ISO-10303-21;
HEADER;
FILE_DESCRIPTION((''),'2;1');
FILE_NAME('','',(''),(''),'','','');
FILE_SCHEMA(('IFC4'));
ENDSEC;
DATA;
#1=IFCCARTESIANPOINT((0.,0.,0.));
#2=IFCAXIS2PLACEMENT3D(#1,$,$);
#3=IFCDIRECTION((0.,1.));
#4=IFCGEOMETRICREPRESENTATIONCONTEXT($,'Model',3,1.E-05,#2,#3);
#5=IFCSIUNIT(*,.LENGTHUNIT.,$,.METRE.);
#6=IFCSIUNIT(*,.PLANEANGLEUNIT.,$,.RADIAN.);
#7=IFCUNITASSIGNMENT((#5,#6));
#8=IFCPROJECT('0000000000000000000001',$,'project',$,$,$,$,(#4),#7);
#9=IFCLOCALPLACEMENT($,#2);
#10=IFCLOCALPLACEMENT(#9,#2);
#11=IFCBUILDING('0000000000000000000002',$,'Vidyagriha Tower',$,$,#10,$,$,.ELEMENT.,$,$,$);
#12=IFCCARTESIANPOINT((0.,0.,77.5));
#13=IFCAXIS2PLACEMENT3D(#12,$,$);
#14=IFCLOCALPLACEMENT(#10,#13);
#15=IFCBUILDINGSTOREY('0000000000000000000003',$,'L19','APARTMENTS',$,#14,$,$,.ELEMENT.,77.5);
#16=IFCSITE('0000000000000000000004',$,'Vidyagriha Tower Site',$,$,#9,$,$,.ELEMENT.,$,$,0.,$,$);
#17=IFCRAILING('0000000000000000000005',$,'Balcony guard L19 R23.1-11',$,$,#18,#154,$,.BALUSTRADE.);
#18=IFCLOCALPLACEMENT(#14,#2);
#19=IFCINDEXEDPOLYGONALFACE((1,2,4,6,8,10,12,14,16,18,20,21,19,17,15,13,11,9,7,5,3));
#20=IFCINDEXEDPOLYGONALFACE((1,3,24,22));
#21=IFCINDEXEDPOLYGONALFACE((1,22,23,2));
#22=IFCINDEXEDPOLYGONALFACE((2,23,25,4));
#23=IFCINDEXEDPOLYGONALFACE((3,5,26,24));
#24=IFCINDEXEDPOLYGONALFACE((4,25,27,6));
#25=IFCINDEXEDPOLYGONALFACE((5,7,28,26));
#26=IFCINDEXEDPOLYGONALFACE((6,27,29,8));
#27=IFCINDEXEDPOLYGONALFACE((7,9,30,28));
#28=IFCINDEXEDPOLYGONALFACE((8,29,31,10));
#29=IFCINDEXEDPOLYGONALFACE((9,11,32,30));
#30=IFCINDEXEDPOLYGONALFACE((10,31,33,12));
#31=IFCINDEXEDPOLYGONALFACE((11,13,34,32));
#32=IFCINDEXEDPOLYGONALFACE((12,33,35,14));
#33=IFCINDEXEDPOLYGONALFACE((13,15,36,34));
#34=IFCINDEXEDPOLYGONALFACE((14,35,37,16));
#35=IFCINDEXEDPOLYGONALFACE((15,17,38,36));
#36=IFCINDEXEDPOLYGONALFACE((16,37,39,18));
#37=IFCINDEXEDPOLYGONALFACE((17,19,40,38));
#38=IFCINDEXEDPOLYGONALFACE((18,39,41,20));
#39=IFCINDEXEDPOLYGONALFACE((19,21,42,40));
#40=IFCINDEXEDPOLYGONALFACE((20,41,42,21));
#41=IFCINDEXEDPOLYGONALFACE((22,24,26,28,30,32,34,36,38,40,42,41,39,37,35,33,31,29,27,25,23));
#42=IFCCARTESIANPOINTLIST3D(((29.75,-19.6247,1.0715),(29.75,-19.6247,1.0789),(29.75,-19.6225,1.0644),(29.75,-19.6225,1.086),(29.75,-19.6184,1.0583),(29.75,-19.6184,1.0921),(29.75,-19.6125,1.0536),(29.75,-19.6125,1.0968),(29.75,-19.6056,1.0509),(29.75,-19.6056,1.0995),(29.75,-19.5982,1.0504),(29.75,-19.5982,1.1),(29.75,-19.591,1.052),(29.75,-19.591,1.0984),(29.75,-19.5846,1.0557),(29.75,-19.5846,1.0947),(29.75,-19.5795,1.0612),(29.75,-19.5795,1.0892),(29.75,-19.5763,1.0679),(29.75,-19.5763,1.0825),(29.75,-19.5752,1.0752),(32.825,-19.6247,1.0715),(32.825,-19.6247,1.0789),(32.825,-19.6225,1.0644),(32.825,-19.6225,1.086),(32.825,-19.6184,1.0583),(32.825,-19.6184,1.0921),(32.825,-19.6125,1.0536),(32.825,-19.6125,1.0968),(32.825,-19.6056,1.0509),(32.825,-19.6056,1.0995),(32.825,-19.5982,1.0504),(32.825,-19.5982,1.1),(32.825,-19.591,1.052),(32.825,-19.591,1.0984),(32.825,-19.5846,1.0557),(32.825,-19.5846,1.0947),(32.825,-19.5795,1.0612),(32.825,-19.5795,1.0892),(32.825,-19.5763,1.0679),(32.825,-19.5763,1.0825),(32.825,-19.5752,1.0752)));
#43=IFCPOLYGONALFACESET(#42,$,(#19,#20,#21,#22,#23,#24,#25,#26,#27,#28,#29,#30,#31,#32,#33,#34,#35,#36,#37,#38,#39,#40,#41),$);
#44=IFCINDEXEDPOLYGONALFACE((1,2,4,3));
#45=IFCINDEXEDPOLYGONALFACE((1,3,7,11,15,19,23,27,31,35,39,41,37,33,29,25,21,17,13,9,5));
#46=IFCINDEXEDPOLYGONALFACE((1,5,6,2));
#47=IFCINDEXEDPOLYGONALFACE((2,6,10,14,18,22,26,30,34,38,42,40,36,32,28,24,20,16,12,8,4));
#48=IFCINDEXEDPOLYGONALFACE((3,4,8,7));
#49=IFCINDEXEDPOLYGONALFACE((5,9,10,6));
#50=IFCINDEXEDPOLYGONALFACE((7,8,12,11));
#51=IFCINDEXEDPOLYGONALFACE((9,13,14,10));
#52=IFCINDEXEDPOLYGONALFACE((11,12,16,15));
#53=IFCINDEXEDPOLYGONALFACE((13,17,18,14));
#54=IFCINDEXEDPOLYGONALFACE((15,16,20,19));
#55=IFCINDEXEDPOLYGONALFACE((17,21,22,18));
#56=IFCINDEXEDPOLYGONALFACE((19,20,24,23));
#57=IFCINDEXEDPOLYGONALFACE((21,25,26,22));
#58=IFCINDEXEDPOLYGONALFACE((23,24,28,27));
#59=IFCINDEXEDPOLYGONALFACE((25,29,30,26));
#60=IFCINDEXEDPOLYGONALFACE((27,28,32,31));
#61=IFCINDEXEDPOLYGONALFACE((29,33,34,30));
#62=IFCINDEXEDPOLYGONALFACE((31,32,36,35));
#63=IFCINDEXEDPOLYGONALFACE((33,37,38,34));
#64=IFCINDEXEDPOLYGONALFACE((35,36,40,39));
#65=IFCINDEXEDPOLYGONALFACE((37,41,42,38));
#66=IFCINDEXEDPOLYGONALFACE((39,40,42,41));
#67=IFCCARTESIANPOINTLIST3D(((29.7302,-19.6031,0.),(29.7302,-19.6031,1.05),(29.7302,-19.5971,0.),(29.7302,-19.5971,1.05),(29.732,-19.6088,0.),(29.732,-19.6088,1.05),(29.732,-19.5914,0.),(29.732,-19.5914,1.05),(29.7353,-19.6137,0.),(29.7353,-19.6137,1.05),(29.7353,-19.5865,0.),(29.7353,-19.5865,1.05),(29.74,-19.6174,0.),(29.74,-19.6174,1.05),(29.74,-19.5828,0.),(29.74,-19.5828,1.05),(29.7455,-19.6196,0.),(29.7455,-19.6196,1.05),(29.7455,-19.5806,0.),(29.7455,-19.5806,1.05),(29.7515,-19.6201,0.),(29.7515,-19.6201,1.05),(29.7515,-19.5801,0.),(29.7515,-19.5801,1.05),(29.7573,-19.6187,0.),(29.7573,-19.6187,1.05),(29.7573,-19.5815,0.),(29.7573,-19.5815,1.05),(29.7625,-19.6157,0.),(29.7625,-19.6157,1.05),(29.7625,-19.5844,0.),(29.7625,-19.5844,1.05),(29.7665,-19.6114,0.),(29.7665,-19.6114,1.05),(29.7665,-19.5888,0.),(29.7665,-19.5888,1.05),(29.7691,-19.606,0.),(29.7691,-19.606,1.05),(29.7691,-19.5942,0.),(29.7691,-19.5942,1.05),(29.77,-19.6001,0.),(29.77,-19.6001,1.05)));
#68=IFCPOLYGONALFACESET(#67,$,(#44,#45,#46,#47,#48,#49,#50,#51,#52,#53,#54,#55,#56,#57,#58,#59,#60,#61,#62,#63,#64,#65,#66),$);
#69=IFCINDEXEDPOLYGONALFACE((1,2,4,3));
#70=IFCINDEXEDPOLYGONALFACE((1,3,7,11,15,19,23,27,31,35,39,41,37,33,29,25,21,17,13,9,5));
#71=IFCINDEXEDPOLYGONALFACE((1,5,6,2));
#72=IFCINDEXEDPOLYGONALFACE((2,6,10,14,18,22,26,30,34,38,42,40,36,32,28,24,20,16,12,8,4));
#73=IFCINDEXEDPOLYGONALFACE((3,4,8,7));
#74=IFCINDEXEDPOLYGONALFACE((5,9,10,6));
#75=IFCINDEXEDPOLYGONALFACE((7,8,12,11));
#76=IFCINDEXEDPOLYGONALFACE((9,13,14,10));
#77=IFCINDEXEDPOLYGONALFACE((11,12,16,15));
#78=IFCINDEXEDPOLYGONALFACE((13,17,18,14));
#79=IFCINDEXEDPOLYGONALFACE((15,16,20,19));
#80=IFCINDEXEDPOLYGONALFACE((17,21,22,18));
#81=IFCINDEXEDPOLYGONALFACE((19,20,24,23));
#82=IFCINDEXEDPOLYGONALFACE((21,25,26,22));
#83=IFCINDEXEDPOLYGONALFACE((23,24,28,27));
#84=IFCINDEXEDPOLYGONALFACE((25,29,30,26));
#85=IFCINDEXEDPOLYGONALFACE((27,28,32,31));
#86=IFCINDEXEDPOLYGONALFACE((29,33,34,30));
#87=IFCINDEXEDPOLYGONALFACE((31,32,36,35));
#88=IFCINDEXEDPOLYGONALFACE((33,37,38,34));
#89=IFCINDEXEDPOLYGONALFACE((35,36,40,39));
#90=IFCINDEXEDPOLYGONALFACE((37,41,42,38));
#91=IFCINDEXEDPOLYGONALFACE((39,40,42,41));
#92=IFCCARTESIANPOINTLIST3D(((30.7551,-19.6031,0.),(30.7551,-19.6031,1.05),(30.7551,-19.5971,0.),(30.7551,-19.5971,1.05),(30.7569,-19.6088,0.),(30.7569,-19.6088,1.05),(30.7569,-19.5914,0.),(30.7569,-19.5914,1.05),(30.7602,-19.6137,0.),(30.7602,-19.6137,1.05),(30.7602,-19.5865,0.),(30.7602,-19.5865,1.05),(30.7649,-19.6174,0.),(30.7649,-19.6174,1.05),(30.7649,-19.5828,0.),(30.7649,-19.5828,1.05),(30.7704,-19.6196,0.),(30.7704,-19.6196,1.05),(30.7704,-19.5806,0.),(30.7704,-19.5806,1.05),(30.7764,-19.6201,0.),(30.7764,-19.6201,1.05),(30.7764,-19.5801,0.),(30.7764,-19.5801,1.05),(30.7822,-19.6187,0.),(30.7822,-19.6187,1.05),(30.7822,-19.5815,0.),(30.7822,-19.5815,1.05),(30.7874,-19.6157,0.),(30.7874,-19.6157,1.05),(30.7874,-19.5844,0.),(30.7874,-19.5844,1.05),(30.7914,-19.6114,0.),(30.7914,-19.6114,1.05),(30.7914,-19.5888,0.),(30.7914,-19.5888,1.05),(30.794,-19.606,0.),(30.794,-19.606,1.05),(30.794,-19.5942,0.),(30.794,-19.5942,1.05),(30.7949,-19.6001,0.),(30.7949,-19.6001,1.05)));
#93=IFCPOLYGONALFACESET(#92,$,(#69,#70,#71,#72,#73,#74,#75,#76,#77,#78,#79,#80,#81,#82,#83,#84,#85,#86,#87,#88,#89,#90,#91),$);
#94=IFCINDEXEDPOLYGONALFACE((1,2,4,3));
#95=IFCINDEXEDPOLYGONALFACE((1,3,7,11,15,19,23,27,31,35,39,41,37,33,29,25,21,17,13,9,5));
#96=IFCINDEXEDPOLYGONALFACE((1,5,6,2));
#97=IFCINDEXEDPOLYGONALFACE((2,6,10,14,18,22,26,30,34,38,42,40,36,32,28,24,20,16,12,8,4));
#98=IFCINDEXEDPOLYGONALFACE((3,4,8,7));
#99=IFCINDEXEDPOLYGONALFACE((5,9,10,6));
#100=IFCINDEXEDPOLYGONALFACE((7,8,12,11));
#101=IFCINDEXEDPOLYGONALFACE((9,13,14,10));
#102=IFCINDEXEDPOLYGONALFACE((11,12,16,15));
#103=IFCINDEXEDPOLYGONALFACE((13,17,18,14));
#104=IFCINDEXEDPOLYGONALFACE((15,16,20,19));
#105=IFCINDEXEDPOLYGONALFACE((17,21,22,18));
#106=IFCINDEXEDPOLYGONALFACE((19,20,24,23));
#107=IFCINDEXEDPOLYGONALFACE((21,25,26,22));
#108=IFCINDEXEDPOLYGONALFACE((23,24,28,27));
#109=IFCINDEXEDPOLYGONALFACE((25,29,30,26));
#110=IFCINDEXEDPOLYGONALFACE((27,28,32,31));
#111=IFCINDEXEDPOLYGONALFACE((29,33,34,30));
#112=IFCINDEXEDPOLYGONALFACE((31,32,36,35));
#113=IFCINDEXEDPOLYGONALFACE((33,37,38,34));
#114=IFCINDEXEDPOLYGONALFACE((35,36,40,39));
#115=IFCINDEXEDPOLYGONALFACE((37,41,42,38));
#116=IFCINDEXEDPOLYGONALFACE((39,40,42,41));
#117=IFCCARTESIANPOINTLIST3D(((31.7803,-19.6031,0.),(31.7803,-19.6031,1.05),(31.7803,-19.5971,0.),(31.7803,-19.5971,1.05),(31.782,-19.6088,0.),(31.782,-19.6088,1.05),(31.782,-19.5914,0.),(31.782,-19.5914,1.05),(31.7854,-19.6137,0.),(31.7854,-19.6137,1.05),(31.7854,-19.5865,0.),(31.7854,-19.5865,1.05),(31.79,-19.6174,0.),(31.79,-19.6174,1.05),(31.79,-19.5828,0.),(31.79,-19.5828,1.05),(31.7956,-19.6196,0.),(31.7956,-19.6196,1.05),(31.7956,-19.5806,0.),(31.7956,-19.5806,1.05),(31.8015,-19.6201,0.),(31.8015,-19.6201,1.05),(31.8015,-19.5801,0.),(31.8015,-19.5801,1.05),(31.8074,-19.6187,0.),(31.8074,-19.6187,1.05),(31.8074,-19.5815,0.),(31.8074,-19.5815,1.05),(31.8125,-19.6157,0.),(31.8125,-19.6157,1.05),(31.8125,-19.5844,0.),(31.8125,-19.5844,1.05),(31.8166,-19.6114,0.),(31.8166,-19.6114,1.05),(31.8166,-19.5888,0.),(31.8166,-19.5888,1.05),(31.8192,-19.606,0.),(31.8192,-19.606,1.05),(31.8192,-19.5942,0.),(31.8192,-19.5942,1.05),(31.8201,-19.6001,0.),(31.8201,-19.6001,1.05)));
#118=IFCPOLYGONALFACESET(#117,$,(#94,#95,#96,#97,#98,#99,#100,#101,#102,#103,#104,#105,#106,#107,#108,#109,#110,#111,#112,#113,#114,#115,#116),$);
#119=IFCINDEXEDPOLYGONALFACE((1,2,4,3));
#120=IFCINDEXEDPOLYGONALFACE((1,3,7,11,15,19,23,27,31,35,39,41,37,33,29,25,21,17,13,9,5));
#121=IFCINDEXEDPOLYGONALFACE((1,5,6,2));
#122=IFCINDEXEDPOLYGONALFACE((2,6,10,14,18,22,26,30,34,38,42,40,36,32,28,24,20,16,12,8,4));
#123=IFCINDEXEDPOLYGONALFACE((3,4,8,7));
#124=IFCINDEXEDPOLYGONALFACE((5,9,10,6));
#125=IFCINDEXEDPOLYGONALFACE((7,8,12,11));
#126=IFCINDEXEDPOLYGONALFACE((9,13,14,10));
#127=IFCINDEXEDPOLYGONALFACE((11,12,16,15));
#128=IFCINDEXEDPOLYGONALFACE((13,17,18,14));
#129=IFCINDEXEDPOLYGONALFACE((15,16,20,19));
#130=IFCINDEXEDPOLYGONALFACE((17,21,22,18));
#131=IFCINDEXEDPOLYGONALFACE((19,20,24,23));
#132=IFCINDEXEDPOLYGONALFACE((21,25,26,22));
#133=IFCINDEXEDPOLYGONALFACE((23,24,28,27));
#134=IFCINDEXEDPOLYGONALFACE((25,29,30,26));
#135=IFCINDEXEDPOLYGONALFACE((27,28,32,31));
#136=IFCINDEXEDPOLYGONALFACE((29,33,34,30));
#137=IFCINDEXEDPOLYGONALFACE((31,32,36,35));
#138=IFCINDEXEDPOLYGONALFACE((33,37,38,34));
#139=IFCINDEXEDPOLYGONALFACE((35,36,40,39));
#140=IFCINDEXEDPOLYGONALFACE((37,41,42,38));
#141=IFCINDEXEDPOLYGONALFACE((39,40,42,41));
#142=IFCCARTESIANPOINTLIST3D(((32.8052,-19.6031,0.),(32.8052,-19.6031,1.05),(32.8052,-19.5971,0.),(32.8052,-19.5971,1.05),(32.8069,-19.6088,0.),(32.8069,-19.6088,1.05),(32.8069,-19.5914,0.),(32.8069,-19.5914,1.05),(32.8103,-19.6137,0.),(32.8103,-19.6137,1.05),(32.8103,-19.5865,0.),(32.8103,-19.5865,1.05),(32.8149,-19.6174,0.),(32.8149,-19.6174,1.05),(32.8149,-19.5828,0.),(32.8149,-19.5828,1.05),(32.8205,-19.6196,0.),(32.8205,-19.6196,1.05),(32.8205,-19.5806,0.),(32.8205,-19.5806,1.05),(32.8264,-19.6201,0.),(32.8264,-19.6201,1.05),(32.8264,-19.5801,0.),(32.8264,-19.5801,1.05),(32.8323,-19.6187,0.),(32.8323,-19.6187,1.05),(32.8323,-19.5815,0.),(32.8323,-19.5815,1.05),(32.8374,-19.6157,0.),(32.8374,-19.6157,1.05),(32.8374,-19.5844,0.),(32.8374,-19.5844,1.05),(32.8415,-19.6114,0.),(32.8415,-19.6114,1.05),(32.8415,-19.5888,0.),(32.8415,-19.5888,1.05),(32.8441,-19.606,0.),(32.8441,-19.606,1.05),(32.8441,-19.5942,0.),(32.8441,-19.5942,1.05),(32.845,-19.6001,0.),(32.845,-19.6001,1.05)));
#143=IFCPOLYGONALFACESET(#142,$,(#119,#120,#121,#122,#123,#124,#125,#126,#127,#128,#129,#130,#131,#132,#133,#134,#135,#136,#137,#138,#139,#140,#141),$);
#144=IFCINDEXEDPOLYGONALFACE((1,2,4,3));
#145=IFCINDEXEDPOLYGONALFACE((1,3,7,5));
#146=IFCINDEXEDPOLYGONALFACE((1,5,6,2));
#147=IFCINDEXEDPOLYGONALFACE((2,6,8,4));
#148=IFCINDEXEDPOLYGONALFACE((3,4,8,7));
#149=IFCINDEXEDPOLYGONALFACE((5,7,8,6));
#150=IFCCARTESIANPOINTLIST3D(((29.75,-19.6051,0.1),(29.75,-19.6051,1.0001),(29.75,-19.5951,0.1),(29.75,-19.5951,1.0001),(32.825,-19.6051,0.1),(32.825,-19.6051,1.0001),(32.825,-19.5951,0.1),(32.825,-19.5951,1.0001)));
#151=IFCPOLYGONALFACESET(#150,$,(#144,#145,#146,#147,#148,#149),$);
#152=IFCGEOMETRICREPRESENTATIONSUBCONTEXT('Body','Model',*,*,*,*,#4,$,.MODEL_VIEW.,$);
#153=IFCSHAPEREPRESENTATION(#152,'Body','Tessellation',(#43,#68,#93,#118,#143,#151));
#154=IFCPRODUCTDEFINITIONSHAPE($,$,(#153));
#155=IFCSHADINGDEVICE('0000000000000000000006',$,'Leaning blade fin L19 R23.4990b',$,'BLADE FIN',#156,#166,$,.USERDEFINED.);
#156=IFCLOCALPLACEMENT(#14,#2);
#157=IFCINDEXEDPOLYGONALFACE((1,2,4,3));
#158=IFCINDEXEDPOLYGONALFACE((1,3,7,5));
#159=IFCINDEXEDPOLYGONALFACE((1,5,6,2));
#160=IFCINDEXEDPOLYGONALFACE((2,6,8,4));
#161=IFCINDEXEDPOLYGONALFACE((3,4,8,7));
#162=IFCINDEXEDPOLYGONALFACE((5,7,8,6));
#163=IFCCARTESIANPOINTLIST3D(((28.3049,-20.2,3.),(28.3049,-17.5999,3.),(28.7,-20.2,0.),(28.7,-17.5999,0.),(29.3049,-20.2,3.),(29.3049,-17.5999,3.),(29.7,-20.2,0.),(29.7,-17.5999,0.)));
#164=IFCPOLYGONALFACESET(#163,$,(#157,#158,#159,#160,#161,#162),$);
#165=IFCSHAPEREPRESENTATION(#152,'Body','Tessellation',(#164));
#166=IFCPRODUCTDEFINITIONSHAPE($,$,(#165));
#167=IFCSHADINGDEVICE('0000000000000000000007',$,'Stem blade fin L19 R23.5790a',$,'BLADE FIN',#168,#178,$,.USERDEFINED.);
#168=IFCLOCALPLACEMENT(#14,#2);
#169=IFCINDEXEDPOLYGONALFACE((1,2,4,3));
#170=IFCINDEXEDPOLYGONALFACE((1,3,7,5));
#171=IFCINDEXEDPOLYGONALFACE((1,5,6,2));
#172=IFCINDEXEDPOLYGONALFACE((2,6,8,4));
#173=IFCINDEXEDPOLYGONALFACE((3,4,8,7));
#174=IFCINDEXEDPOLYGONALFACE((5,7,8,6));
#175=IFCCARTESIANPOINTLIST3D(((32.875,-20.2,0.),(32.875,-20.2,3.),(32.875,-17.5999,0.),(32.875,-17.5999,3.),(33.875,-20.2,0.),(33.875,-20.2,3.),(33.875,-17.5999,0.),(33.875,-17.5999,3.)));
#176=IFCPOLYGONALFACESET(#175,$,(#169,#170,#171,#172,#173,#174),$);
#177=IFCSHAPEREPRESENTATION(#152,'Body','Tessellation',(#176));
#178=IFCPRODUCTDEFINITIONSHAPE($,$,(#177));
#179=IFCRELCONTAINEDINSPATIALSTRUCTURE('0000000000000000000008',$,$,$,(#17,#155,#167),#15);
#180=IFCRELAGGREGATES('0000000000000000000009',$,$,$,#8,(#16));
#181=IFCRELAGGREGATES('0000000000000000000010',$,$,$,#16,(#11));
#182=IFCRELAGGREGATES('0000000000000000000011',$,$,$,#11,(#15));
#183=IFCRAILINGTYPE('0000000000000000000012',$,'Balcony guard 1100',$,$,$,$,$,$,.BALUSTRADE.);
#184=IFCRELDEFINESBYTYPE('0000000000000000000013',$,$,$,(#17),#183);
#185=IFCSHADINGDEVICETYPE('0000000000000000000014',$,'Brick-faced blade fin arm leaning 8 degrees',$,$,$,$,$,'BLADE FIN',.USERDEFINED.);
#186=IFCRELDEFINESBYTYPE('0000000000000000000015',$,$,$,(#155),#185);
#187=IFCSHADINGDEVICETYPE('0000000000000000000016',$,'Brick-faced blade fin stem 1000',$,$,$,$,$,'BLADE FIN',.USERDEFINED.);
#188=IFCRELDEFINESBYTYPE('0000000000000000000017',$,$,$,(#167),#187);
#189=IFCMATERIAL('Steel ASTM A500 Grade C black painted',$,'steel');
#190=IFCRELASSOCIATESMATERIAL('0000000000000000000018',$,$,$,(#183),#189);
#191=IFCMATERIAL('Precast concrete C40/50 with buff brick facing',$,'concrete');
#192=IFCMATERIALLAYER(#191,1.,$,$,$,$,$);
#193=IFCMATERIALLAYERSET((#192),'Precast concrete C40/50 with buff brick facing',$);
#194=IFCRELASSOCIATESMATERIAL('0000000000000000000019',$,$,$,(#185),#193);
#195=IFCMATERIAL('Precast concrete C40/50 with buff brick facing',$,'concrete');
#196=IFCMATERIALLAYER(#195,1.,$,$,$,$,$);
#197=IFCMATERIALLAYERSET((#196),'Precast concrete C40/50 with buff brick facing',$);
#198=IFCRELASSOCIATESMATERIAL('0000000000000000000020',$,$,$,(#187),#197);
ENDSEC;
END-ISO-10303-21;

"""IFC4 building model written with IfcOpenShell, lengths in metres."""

from ifc_helpers import new_model, si_unit, direction, frame, origin, origin_2d, place, context, subcontext, project, spatial, polyline, rectangle, circle, outline, extrude, material, layer, layer_set, type_object, element, save


model = new_model("IFC4")

# Units and contexts
model_context = context("Model", 3, precision=1e-05, world=origin(), true_north=direction((0.0, 1.0)))
body_context = subcontext(model_context, "Body", "Model", "MODEL_VIEW")
ifc_project = project(units=[si_unit("LENGTHUNIT", "METRE"), si_unit("PLANEANGLEUNIT", "RADIAN")], contexts=[model_context])

# Site, building, storey
site_placement = place(None, origin())
site = spatial("IfcSite", under=ifc_project, at=site_placement, Name="Vidyagriha Tower Site", CompositionType="ELEMENT", RefElevation=0.0)
building_placement = place(site_placement, origin())
building = spatial("IfcBuilding", under=site, at=building_placement, Name="Vidyagriha Tower", CompositionType="ELEMENT")
storey_placement = place(building_placement, frame((0.0, 0.0, 77.5)))
storey = spatial("IfcBuildingStorey", under=building, at=storey_placement, Name="L19", Description="APARTMENTS", CompositionType="ELEMENT", Elevation=77.5)

# Railing
ifc_material_1 = material(Name="Steel ASTM A500 Grade C black painted", Category="steel")
railing_type_1 = type_object("IfcRailingType", Name="Balcony guard 1100", PredefinedType="BALUSTRADE", material=ifc_material_1)
railing_1_placement = place(storey_placement, frame((29.75, -19.6001, 0.0)))
element("IfcRailing", 1, at=railing_1_placement, inside=storey, type_object=railing_type_1, Name="Balcony guard L19 R23.1-11", PredefinedType="BALUSTRADE", context=body_context, shape_type="SweptSolid", body=[
    extrude(circle(Radius=0.0249, at=origin_2d()), frame((0.0, 0.0, 1.0752), z_axis=(1.0, 0.0, 0.0), x_axis=(0.0, 1.0, 0.0)), (0.0, 0.0, 1.0), 3.075),
    extrude(circle(Radius=0.02, at=origin_2d()), origin(), (0.0, 0.0, 1.0), 1.05),
    extrude(circle(Radius=0.02, at=origin_2d()), frame((1.0249, 0.0, 0.0)), (0.0, 0.0, 1.0), 1.05),
    extrude(circle(Radius=0.02, at=origin_2d()), frame((2.05, 0.0, 0.0)), (0.0, 0.0, 1.0), 1.05),
    extrude(circle(Radius=0.02, at=origin_2d()), frame((3.075, 0.0, 0.0)), (0.0, 0.0, 1.0), 1.05),
    extrude(rectangle(XDim=0.01, YDim=0.9001, at=origin_2d()), frame((0.0, 0.0, 0.55), z_axis=(1.0, 0.0, 0.0), x_axis=(0.0, 1.0, 0.0)), (0.0, 0.0, 1.0), 3.075),
])

# Shading devices
ifc_material_2 = material(Name="Precast concrete C40/50 with buff brick facing", Category="concrete")
ifc_layer_1 = layer(ifc_material_2, 1.0)
ifc_layer_set_1 = layer_set([ifc_layer_1], Name="Precast concrete C40/50 with buff brick facing")
shading_device_type_1 = type_object("IfcShadingDeviceType", Name="Brick-faced blade fin arm leaning 8 degrees", ElementType="BLADE FIN", PredefinedType="USERDEFINED", material=ifc_layer_set_1)
shading_device_1_placement = place(storey_placement, frame((28.3049, -18.8999, 0.0)))
element("IfcShadingDevice", 2, at=shading_device_1_placement, inside=storey, type_object=shading_device_type_1, Name="Leaning blade fin L19 R23.4990b", ObjectType="BLADE FIN", PredefinedType="USERDEFINED", context=body_context, shape_type="SweptSolid", body=[
    extrude(outline(polyline([(0.395, 0.0), (1.395, 0.0), (1.0, 3.0), (0.0, 3.0), (0.395, 0.0)])), frame((0.0, 1.3, 0.0), z_axis=(0.0, -1.0, 0.0), x_axis=(1.0, 0.0, 0.0)), (0.0, 0.0, 1.0), 2.6001),
])
ifc_material_3 = material(Name="Precast concrete C40/50 with buff brick facing", Category="concrete")
ifc_layer_2 = layer(ifc_material_3, 1.0)
ifc_layer_set_2 = layer_set([ifc_layer_2], Name="Precast concrete C40/50 with buff brick facing")
shading_device_type_2 = type_object("IfcShadingDeviceType", Name="Brick-faced blade fin stem 1000", ElementType="BLADE FIN", PredefinedType="USERDEFINED", material=ifc_layer_set_2)
shading_device_2_placement = place(storey_placement, frame((32.875, -18.8999, 0.0)))
element("IfcShadingDevice", 3, at=shading_device_2_placement, inside=storey, type_object=shading_device_type_2, Name="Stem blade fin L19 R23.5790a", ObjectType="BLADE FIN", PredefinedType="USERDEFINED", context=body_context, shape_type="SweptSolid", body=[
    extrude(outline(polyline([(0.0, 0.0), (1.0, 0.0), (1.0, 3.0), (0.0, 3.0), (0.0, 0.0)])), frame((0.0, 1.3, 0.0), z_axis=(0.0, -1.0, 0.0), x_axis=(1.0, 0.0, 0.0)), (0.0, 0.0, 1.0), 2.6001),
])

save(model, "model.ifc")
